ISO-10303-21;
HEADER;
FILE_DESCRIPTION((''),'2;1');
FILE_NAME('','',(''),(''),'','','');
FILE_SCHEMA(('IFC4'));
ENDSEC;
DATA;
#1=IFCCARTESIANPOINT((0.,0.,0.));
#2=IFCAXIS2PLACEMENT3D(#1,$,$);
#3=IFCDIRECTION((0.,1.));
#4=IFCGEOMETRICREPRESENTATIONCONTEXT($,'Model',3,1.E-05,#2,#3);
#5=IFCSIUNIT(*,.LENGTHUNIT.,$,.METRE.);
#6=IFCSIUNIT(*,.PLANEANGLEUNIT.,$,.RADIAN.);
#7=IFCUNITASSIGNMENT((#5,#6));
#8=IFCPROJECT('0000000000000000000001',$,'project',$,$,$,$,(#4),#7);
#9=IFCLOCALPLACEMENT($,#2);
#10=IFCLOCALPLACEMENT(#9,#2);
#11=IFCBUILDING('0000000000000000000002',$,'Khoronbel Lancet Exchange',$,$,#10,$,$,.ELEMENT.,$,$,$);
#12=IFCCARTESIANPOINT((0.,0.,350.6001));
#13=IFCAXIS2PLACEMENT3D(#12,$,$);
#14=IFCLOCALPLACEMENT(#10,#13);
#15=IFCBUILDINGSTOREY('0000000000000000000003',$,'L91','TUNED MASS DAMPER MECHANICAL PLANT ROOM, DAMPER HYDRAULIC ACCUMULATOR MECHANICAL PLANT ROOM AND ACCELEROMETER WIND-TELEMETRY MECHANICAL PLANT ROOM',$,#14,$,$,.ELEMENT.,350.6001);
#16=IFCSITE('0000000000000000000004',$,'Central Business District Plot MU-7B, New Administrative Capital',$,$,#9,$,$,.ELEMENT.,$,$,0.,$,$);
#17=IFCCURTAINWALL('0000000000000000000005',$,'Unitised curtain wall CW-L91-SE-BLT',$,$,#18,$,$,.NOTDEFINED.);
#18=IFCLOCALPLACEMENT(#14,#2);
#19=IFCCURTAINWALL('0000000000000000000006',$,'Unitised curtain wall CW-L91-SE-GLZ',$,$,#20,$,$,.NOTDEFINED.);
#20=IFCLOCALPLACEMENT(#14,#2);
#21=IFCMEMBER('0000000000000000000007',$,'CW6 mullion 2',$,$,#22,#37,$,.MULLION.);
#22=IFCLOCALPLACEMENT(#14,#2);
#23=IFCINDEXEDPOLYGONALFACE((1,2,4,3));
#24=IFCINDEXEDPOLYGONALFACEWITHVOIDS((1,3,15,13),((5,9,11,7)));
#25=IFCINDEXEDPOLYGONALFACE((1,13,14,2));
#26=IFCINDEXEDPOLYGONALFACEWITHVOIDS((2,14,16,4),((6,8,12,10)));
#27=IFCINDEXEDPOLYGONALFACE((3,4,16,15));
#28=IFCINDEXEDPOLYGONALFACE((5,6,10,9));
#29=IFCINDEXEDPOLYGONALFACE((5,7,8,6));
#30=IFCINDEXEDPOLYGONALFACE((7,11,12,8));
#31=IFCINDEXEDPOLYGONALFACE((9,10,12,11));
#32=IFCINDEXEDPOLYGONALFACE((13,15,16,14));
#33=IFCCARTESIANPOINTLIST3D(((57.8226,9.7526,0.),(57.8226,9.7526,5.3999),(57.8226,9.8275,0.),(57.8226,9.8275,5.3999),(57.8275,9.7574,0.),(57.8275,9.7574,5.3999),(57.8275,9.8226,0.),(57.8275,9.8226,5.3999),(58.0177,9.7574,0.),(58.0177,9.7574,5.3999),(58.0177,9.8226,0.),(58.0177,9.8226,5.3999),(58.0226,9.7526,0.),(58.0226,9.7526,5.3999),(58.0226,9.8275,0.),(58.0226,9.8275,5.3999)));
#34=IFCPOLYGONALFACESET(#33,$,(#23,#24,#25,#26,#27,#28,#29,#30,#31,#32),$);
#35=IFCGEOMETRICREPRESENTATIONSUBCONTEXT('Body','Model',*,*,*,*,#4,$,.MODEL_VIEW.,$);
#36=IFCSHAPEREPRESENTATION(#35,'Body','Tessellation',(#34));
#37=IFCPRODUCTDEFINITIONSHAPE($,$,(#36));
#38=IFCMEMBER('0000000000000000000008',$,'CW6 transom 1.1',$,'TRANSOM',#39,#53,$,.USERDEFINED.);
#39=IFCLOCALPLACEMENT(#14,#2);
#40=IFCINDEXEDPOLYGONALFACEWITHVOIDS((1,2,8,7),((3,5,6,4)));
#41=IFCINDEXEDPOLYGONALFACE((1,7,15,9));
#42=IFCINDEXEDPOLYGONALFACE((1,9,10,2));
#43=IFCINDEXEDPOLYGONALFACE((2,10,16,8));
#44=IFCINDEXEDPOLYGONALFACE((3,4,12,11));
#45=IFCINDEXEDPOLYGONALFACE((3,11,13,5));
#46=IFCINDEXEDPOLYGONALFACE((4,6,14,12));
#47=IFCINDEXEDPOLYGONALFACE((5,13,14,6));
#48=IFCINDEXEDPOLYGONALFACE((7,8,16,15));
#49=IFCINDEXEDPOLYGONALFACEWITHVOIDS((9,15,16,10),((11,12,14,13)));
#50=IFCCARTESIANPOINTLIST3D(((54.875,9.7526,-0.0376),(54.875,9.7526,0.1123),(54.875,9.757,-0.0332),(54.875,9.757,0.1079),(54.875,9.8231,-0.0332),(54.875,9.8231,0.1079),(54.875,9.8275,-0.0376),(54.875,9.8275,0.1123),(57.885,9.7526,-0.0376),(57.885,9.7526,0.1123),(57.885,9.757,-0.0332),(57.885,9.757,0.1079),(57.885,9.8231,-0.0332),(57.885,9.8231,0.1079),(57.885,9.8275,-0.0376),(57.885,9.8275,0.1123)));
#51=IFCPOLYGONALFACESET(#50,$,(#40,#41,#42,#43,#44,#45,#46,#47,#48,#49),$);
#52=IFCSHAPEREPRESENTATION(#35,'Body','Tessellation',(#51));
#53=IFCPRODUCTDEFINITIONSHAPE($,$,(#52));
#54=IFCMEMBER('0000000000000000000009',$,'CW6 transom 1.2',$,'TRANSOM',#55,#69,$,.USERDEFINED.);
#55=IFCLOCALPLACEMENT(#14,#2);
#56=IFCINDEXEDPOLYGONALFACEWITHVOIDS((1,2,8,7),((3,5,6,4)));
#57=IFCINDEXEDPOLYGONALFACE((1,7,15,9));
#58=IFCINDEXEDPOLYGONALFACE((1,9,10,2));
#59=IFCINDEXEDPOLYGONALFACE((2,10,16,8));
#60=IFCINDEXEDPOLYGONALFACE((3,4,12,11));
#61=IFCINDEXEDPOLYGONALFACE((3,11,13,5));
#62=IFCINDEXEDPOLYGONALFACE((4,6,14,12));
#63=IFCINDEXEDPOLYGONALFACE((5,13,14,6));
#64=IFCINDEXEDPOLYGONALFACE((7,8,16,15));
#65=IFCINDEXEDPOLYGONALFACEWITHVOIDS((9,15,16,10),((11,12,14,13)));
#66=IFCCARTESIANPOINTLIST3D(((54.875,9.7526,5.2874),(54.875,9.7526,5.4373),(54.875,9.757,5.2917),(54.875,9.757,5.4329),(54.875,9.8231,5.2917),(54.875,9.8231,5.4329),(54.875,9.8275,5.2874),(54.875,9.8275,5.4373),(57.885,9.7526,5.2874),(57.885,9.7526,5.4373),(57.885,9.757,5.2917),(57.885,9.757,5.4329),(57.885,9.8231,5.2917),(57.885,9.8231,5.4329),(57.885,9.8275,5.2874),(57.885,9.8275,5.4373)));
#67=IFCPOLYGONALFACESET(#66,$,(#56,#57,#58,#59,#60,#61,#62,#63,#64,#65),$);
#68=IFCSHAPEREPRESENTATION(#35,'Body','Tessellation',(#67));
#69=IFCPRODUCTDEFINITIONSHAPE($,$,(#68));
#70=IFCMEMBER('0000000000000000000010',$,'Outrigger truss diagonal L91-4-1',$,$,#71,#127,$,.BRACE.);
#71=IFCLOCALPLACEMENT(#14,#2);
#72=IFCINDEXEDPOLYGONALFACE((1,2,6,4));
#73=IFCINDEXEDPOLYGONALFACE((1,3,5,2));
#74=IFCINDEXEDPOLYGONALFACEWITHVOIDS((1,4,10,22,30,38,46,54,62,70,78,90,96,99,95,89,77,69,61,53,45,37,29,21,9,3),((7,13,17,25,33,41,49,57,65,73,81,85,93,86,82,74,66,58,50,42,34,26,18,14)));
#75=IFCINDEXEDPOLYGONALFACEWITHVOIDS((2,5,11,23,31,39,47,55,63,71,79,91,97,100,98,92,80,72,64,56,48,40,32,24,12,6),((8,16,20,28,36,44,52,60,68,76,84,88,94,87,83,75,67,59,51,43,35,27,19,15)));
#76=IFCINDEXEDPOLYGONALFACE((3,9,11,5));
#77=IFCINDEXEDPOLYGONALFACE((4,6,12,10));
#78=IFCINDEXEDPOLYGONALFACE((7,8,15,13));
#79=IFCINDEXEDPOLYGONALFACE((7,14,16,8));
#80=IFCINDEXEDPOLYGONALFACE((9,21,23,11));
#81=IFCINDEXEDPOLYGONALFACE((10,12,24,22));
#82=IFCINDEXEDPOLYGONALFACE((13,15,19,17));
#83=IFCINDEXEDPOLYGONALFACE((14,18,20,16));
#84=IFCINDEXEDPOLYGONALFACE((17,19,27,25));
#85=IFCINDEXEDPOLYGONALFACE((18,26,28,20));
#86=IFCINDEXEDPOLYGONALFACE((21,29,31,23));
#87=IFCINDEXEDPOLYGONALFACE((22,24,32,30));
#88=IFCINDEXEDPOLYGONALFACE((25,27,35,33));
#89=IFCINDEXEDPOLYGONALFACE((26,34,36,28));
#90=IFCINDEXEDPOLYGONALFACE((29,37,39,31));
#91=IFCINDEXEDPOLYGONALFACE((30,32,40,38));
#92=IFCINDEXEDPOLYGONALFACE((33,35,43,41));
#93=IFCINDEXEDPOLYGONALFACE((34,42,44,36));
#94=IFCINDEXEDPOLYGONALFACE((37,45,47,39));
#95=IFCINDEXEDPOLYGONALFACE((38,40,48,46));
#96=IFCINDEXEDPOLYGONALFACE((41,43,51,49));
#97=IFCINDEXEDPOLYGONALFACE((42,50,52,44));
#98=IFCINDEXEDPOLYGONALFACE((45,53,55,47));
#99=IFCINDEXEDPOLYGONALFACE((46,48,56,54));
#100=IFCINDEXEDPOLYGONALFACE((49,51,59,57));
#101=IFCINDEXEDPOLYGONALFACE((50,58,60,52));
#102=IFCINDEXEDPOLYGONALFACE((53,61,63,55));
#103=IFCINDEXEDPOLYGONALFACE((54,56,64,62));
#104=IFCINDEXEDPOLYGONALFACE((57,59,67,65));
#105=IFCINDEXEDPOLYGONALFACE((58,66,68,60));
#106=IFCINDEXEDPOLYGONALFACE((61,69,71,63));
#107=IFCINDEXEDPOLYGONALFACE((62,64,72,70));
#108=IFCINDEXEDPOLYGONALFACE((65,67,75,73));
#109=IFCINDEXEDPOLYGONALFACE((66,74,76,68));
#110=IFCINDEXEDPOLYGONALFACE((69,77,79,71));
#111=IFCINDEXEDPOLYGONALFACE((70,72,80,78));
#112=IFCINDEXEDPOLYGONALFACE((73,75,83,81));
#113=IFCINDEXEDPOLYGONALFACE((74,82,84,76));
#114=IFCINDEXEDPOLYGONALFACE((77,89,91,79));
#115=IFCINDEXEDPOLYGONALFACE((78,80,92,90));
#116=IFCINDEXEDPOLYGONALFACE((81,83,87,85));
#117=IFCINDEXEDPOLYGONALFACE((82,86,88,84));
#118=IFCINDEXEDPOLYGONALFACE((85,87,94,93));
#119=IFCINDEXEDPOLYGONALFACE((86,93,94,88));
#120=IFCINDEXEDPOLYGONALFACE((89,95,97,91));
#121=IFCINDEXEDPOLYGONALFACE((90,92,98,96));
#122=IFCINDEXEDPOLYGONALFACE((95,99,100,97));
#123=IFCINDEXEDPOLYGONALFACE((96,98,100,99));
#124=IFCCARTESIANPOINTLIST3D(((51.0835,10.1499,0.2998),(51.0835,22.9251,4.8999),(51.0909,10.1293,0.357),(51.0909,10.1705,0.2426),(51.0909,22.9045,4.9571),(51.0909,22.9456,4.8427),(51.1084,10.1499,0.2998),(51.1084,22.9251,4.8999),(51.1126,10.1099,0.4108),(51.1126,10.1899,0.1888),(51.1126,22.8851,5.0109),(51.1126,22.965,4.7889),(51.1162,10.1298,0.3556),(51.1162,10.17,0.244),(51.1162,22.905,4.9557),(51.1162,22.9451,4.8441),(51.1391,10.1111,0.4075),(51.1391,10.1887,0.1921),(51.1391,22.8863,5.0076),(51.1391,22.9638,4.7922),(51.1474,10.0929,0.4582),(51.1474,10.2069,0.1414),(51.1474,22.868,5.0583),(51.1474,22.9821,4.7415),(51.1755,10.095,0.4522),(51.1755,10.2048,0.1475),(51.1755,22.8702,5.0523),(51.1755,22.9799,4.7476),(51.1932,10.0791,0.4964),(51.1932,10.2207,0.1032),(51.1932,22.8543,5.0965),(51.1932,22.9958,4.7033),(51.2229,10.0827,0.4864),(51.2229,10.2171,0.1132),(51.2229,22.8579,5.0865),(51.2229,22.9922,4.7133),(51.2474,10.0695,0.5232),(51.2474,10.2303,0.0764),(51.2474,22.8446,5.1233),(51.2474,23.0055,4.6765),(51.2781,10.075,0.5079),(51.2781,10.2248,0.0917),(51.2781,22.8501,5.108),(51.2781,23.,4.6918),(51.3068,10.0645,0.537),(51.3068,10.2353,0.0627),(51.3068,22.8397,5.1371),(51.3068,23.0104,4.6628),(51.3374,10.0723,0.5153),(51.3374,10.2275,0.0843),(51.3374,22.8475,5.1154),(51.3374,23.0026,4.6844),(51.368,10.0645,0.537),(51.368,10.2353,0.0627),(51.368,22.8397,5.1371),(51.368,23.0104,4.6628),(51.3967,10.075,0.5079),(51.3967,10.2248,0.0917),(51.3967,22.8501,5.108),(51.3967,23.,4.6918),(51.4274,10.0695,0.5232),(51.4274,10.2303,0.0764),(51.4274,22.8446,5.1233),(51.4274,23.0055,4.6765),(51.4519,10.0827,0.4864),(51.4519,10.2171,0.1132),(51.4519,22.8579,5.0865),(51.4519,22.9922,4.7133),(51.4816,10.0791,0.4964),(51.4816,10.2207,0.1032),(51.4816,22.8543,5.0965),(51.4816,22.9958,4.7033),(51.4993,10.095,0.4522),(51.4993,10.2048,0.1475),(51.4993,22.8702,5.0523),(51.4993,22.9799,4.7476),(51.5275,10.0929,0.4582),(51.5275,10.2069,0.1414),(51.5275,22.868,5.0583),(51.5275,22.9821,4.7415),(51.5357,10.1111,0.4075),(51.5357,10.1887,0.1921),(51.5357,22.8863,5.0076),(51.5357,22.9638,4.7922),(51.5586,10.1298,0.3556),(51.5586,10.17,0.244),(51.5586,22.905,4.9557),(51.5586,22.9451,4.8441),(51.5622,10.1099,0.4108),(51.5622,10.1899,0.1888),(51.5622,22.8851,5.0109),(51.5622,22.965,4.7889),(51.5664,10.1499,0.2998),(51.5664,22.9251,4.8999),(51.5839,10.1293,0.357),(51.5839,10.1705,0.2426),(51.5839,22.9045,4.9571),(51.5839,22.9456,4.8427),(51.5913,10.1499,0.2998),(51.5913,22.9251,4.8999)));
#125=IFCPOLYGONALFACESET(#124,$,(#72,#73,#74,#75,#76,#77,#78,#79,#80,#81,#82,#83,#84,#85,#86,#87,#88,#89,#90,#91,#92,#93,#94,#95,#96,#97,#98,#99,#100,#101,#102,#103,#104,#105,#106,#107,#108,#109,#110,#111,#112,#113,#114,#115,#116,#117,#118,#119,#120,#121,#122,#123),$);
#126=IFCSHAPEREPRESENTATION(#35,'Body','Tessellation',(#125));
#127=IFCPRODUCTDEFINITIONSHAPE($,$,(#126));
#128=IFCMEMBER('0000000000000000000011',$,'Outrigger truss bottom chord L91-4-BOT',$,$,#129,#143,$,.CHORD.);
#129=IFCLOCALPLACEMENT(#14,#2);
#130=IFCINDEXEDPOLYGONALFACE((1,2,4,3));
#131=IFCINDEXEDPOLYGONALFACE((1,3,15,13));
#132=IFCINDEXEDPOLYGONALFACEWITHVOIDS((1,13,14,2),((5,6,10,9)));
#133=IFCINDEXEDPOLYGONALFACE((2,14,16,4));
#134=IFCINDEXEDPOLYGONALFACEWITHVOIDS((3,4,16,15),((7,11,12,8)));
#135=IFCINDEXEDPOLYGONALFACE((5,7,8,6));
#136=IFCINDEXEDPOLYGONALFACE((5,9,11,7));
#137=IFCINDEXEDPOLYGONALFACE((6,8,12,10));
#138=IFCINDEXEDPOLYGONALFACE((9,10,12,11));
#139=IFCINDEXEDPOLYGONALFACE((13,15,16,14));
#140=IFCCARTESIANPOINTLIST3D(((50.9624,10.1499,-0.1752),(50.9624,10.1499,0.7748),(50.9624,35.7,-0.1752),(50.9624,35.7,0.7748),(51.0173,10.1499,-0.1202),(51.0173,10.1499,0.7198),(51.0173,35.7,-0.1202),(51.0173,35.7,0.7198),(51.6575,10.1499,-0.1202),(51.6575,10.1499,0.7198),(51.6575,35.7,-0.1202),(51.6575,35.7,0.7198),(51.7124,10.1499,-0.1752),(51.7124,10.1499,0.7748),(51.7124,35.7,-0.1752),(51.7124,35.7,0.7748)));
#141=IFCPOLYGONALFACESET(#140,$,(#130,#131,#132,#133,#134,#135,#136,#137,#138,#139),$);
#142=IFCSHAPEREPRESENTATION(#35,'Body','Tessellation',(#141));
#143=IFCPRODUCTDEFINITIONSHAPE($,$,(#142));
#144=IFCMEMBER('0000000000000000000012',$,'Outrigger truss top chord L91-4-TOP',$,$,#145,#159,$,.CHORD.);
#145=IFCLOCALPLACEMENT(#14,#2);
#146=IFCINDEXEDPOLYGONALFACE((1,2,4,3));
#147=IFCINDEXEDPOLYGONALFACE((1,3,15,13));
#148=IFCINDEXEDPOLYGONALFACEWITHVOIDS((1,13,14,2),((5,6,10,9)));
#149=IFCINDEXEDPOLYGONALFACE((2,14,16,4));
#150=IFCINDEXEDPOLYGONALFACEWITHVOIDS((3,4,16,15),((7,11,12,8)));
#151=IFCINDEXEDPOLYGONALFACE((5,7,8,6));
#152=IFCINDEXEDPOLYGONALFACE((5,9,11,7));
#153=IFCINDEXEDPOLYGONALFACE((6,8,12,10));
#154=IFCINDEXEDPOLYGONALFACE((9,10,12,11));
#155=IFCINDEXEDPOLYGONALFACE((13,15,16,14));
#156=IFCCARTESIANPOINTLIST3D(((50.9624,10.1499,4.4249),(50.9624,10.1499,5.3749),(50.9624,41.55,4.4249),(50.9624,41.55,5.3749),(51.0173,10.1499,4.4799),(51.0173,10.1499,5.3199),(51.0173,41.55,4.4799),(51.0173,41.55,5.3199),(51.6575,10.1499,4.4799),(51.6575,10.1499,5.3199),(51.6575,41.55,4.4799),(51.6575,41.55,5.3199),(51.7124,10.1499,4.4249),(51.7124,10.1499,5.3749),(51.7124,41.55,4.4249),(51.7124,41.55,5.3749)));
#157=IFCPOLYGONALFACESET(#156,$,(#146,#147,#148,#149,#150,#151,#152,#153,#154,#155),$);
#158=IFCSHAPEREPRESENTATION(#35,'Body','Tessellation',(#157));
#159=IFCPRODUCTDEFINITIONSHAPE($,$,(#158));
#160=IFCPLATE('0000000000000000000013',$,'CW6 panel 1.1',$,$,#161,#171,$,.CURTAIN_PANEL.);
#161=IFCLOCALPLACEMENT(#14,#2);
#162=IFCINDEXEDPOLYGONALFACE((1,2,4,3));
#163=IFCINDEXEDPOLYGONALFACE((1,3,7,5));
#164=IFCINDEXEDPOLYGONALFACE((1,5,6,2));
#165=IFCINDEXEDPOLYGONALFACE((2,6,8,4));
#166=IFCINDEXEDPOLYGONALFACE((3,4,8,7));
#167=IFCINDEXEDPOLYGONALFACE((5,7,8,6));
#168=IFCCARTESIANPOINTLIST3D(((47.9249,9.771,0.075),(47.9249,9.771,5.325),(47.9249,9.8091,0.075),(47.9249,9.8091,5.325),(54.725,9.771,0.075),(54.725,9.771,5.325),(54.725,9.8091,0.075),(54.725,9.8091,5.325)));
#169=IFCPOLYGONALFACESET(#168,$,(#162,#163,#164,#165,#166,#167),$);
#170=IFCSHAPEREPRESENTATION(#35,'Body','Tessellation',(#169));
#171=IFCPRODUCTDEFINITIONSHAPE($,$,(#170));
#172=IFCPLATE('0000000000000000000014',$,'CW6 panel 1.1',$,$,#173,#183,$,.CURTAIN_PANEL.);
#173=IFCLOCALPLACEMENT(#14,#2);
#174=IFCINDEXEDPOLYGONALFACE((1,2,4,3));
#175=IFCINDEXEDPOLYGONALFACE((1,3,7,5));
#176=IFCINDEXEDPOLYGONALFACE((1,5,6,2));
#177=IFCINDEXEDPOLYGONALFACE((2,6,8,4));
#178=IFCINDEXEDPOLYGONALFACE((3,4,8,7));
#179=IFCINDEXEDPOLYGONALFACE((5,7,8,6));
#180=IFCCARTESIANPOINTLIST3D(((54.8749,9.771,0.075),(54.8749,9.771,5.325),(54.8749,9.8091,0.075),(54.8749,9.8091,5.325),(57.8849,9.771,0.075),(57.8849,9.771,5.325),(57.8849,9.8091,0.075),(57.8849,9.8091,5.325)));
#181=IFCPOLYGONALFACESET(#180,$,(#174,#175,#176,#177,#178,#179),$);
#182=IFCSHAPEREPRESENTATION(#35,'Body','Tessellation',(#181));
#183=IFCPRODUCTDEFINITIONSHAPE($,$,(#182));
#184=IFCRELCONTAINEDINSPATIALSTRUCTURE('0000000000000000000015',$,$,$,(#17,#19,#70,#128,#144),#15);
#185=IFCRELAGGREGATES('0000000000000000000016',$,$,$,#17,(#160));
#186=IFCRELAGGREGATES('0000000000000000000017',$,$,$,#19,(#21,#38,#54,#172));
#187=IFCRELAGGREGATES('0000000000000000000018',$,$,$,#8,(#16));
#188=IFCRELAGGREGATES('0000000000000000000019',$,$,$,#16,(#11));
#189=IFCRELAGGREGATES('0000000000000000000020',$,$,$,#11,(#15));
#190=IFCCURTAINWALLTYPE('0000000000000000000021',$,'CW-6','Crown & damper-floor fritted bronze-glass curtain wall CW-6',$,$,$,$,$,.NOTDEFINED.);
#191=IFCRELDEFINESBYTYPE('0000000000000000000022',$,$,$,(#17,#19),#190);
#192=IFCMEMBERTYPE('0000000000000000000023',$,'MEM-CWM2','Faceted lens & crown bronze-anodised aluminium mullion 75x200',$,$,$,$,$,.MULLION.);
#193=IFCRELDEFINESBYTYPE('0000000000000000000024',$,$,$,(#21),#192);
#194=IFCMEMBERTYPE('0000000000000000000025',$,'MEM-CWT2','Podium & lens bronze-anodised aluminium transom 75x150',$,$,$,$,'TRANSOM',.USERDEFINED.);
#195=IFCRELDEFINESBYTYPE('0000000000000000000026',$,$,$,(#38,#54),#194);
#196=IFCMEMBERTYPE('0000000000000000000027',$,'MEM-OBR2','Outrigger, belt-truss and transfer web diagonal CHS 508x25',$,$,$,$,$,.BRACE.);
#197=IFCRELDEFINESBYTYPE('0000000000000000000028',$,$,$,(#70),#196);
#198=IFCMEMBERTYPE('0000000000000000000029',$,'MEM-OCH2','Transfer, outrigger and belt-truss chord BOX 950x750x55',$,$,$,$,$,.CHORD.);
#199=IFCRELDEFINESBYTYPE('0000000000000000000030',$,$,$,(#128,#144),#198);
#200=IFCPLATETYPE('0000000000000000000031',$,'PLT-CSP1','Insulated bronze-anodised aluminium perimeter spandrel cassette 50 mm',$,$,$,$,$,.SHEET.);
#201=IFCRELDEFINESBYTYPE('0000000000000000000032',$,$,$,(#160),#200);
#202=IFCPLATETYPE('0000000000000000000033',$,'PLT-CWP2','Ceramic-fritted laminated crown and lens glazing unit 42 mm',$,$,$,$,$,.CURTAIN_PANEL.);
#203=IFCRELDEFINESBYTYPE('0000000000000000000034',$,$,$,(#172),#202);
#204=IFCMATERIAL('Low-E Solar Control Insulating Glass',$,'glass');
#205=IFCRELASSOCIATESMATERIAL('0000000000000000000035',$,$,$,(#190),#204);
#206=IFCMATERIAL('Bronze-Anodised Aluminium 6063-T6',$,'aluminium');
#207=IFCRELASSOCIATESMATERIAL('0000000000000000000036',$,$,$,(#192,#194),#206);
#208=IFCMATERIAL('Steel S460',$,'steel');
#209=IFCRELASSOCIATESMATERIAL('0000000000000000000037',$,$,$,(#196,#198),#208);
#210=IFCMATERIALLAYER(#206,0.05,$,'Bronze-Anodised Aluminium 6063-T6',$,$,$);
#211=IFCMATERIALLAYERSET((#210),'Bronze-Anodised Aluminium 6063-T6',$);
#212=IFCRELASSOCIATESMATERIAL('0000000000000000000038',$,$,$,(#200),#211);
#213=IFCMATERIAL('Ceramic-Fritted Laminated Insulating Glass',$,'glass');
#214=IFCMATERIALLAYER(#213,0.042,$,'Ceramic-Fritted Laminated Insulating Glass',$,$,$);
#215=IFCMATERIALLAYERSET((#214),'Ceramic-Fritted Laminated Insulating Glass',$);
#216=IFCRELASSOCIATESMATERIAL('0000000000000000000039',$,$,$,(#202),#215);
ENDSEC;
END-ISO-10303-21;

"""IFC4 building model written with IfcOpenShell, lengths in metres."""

from ifc_helpers import new_model, si_unit, direction, frame, origin, origin_2d, place, context, subcontext, project, spatial, rectangle, hollow_rectangle, hollow_circle, extrude, material, layer, layer_set, material_profile, profile_set, type_object, element, aggregate, save


model = new_model("IFC4")

# Units and contexts
model_context = context("Model", 3, precision=1e-05, world=origin(), true_north=direction((0.0, 1.0)))
body_context = subcontext(model_context, "Body", "Model", "MODEL_VIEW")
ifc_project = project(units=[si_unit("LENGTHUNIT", "METRE"), si_unit("PLANEANGLEUNIT", "RADIAN")], contexts=[model_context])

# Site, building, storey
site_placement = place(None, origin())
site = spatial("IfcSite", under=ifc_project, at=site_placement, Name="Central Business District Plot MU-7B, New Administrative Capital", CompositionType="ELEMENT", RefElevation=0.0)
building_placement = place(site_placement, origin())
building = spatial("IfcBuilding", under=site, at=building_placement, Name="Khoronbel Lancet Exchange", CompositionType="ELEMENT")
storey_placement = place(building_placement, frame((0.0, 0.0, 350.6001)))
storey = spatial("IfcBuildingStorey", under=building, at=storey_placement, Name="L91", Description="TUNED MASS DAMPER MECHANICAL PLANT ROOM, DAMPER HYDRAULIC ACCUMULATOR MECHANICAL PLANT ROOM AND ACCELEROMETER WIND-TELEMETRY MECHANICAL PLANT ROOM", CompositionType="ELEMENT", Elevation=350.6001)

# Shared definitions
ifc_material_1 = material(Name="Steel S460", Category="steel")

# Curtain wall
ifc_material_2 = material(Name="Low-E Solar Control Insulating Glass", Category="glass")
curtain_wall_type = type_object("IfcCurtainWallType", Name="CW-6", Description="Crown & damper-floor fritted bronze-glass curtain wall CW-6", PredefinedType="NOTDEFINED", material=ifc_material_2)
curtain_wall_1_placement = place(storey_placement, origin())
curtain_wall_1 = element("IfcCurtainWall", 1, at=curtain_wall_1_placement, inside=storey, type_object=curtain_wall_type, Name="Unitised curtain wall CW-L91-SE-BLT", PredefinedType="NOTDEFINED")
ifc_material_3 = material(Name="Bronze-Anodised Aluminium 6063-T6", Category="aluminium")
ifc_material_profile_1 = material_profile(ifc_material_3, hollow_rectangle(XDim=0.075, YDim=0.2, WallThickness=0.0049, at=origin_2d()), Name="ALU MULLION 75x200")
ifc_profile_set_1 = profile_set([ifc_material_profile_1], Name="Bronze-Anodised Aluminium 6063-T6")
member_type_1 = type_object("IfcMemberType", Name="MEM-CWM2", Description="Faceted lens & crown bronze-anodised aluminium mullion 75x200", PredefinedType="MULLION", material=ifc_profile_set_1)

# Curtain wall, members
curtain_wall_2_placement = place(storey_placement, origin())
curtain_wall_2 = element("IfcCurtainWall", 2, at=curtain_wall_2_placement, inside=storey, type_object=curtain_wall_type, Name="Unitised curtain wall CW-L91-SE-GLZ", PredefinedType="NOTDEFINED")
member_1_placement = place(storey_placement, frame((57.9226, 9.79, 0.0), z_axis=(0.0, 0.0, 1.0), x_axis=(0.0, 1.0, 0.0)))
member_1 = element("IfcMember", 3, at=member_1_placement, type_object=member_type_1, Name="CW6 mullion 2", PredefinedType="MULLION", context=body_context, shape_type="SweptSolid", body=[
    extrude(hollow_rectangle(XDim=0.075, YDim=0.2, WallThickness=0.0049, at=origin_2d()), origin(), (0.0, 0.0, 1.0), 5.3999),
])
ifc_material_profile_2 = material_profile(ifc_material_3, hollow_rectangle(XDim=0.075, YDim=0.1499, WallThickness=0.0044, at=origin_2d()), Name="ALU TRANSOM 75x150")
ifc_profile_set_2 = profile_set([ifc_material_profile_2], Name="Bronze-Anodised Aluminium 6063-T6")
member_type_2 = type_object("IfcMemberType", Name="MEM-CWT2", Description="Podium & lens bronze-anodised aluminium transom 75x150", ElementType="TRANSOM", PredefinedType="USERDEFINED", material=ifc_profile_set_2)
member_2_placement = place(storey_placement, frame((54.875, 9.79, 0.0374), z_axis=(1.0, 0.0, 0.0), x_axis=(0.0, 1.0, 0.0)))
member_2 = element("IfcMember", 4, at=member_2_placement, type_object=member_type_2, Name="CW6 transom 1.1", ObjectType="TRANSOM", PredefinedType="USERDEFINED", context=body_context, shape_type="SweptSolid", body=[
    extrude(hollow_rectangle(XDim=0.075, YDim=0.1499, WallThickness=0.0044, at=origin_2d()), origin(), (0.0, 0.0, 1.0), 3.01),
])
member_3_placement = place(storey_placement, frame((54.875, 9.79, 5.3623), z_axis=(1.0, 0.0, 0.0), x_axis=(0.0, 1.0, 0.0)))
member_3 = element("IfcMember", 5, at=member_3_placement, type_object=member_type_2, Name="CW6 transom 1.2", ObjectType="TRANSOM", PredefinedType="USERDEFINED", context=body_context, shape_type="SweptSolid", body=[
    extrude(hollow_rectangle(XDim=0.075, YDim=0.1499, WallThickness=0.0044, at=origin_2d()), origin(), (0.0, 0.0, 1.0), 3.01),
])

# Members
ifc_material_profile_3 = material_profile(ifc_material_1, hollow_circle(Radius=0.2539, WallThickness=0.0249, at=origin_2d()), Name="CHS 508x25")
ifc_profile_set_3 = profile_set([ifc_material_profile_3], Name="Steel S460")
member_type_3 = type_object("IfcMemberType", Name="MEM-OBR2", Description="Outrigger, belt-truss and transfer web diagonal CHS 508x25", PredefinedType="BRACE", material=ifc_profile_set_3)
member_4_placement = place(storey_placement, frame((51.3374, 10.1499, 0.2998), z_axis=(0.0, 0.940863, 0.338788), x_axis=(-1.0, 0.0, 0.0)))
element("IfcMember", 6, at=member_4_placement, inside=storey, type_object=member_type_3, Name="Outrigger truss diagonal L91-4-1", PredefinedType="BRACE", context=body_context, shape_type="SweptSolid", body=[
    extrude(hollow_circle(Radius=0.2539, WallThickness=0.0249, at=origin_2d()), origin(), (0.0, 0.0, 1.0), 13.5781),
])
ifc_material_profile_4 = material_profile(ifc_material_1, hollow_rectangle(XDim=0.75, YDim=0.95, WallThickness=0.0549, at=origin_2d()), Name="BOX 950x750x55")
ifc_profile_set_4 = profile_set([ifc_material_profile_4], Name="Steel S460")
member_type_4 = type_object("IfcMemberType", Name="MEM-OCH2", Description="Transfer, outrigger and belt-truss chord BOX 950x750x55", PredefinedType="CHORD", material=ifc_profile_set_4)
member_5_placement = place(storey_placement, frame((51.3374, 10.1499, 0.2998), z_axis=(0.0, 1.0, 0.0), x_axis=(-1.0, 0.0, 0.0)))
element("IfcMember", 7, at=member_5_placement, inside=storey, type_object=member_type_4, Name="Outrigger truss bottom chord L91-4-BOT", PredefinedType="CHORD", context=body_context, shape_type="SweptSolid", body=[
    extrude(hollow_rectangle(XDim=0.75, YDim=0.95, WallThickness=0.0549, at=origin_2d()), origin(), (0.0, 0.0, 1.0), 25.55),
])
member_6_placement = place(storey_placement, frame((51.3374, 10.1499, 4.8999), z_axis=(0.0, 1.0, 0.0), x_axis=(-1.0, 0.0, 0.0)))
element("IfcMember", 8, at=member_6_placement, inside=storey, type_object=member_type_4, Name="Outrigger truss top chord L91-4-TOP", PredefinedType="CHORD", context=body_context, shape_type="SweptSolid", body=[
    extrude(hollow_rectangle(XDim=0.75, YDim=0.95, WallThickness=0.0549, at=origin_2d()), origin(), (0.0, 0.0, 1.0), 31.4001),
])

# Plates
ifc_layer_1 = layer(ifc_material_3, 0.05, Name="Bronze-Anodised Aluminium 6063-T6")
ifc_layer_set_1 = layer_set([ifc_layer_1], Name="Bronze-Anodised Aluminium 6063-T6")
plate_type_1 = type_object("IfcPlateType", Name="PLT-CSP1", Description="Insulated bronze-anodised aluminium perimeter spandrel cassette 50 mm", PredefinedType="SHEET", material=ifc_layer_set_1)
plate_1_placement = place(storey_placement, frame((51.325, 9.79, 0.075), z_axis=(0.0, 0.0, 1.0), x_axis=(1.0, 0.0, 0.0)))
plate_1 = element("IfcPlate", 9, at=plate_1_placement, type_object=plate_type_1, Name="CW6 panel 1.1", PredefinedType="CURTAIN_PANEL", context=body_context, shape_type="SweptSolid", body=[
    extrude(rectangle(XDim=6.8, YDim=0.0381, at=origin_2d()), origin(), (0.0, 0.0, 1.0), 5.25),
])
aggregate(curtain_wall_1, [plate_1])
ifc_material_4 = material(Name="Ceramic-Fritted Laminated Insulating Glass", Category="glass")
ifc_layer_2 = layer(ifc_material_4, 0.042, Name="Ceramic-Fritted Laminated Insulating Glass")
ifc_layer_set_2 = layer_set([ifc_layer_2], Name="Ceramic-Fritted Laminated Insulating Glass")
plate_type_2 = type_object("IfcPlateType", Name="PLT-CWP2", Description="Ceramic-fritted laminated crown and lens glazing unit 42 mm", PredefinedType="CURTAIN_PANEL", material=ifc_layer_set_2)
plate_2_placement = place(storey_placement, frame((56.3799, 9.79, 0.075), z_axis=(0.0, 0.0, 1.0), x_axis=(1.0, 0.0, 0.0)))
plate_2 = element("IfcPlate", 10, at=plate_2_placement, type_object=plate_type_2, Name="CW6 panel 1.1", PredefinedType="CURTAIN_PANEL", context=body_context, shape_type="SweptSolid", body=[
    extrude(rectangle(XDim=3.01, YDim=0.0381, at=origin_2d()), origin(), (0.0, 0.0, 1.0), 5.25),
])
aggregate(curtain_wall_2, [member_1, member_2, member_3, plate_2])

save(model, "model.ifc")
